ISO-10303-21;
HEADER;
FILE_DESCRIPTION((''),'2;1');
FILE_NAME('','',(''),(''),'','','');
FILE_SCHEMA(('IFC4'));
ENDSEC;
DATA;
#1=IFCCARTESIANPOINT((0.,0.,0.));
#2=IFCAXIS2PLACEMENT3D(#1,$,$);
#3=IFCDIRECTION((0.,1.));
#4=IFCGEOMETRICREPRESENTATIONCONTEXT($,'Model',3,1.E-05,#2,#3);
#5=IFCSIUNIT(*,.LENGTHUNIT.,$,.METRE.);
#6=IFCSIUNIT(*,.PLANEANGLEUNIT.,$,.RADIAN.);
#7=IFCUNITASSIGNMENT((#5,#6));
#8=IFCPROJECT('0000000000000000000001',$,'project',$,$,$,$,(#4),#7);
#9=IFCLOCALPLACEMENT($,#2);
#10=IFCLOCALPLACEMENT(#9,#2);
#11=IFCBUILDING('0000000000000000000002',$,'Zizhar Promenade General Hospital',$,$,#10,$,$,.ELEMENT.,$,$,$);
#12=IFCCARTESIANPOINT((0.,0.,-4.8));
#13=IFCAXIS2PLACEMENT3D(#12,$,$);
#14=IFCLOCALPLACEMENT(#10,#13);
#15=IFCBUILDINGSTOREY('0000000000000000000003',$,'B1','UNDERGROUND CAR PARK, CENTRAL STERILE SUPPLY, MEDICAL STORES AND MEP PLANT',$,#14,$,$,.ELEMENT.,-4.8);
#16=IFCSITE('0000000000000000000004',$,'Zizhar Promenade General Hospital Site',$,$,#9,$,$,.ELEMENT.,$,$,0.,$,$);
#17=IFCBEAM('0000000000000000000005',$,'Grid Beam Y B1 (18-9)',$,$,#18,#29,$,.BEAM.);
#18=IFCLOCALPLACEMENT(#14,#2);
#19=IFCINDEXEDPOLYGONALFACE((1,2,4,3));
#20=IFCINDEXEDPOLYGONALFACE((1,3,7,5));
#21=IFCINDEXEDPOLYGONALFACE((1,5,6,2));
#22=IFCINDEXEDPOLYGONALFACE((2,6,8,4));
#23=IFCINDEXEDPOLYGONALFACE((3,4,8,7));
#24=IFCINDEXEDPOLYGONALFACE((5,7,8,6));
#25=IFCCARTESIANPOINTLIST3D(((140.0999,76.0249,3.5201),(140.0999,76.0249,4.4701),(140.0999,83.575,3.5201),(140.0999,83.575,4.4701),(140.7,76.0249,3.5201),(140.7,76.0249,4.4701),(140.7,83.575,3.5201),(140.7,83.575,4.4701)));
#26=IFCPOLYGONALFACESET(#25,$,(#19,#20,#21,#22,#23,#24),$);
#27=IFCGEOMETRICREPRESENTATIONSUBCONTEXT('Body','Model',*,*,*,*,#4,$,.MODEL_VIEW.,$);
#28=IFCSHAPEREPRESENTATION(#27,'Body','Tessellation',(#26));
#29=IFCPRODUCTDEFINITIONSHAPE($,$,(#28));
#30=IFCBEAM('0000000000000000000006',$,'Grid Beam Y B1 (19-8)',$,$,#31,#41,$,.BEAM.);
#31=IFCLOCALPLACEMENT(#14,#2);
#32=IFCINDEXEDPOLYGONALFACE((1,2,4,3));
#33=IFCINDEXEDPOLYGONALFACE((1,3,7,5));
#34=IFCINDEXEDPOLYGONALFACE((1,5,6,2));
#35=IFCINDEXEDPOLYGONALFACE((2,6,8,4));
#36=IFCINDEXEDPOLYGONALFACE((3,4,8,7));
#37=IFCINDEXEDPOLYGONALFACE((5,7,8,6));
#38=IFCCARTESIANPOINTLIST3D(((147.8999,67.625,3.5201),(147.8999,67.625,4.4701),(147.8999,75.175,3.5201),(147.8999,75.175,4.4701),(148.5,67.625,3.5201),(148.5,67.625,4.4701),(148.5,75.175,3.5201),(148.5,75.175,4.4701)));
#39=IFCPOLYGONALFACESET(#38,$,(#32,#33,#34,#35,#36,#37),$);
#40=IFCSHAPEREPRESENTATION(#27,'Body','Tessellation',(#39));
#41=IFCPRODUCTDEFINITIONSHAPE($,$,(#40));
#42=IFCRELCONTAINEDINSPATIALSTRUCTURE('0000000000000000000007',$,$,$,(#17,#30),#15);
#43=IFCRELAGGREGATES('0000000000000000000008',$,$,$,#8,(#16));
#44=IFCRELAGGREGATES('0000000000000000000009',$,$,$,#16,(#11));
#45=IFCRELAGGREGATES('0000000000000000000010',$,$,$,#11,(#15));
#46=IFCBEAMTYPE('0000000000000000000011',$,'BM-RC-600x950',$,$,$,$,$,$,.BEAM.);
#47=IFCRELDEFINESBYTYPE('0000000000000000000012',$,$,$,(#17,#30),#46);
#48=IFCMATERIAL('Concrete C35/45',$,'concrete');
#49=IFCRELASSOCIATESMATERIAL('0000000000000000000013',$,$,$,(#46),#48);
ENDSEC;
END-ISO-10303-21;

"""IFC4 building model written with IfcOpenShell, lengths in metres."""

from ifc_helpers import new_model, si_unit, direction, frame, origin, origin_2d, place, context, subcontext, project, spatial, rectangle, extrude, material, material_profile, profile_set, type_object, element, save


model = new_model("IFC4")

# Units and contexts
model_context = context("Model", 3, precision=1e-05, world=origin(), true_north=direction((0.0, 1.0)))
body_context = subcontext(model_context, "Body", "Model", "MODEL_VIEW")
ifc_project = project(units=[si_unit("LENGTHUNIT", "METRE"), si_unit("PLANEANGLEUNIT", "RADIAN")], contexts=[model_context])

# Site, building, storey
site_placement = place(None, origin())
site = spatial("IfcSite", under=ifc_project, at=site_placement, Name="Zizhar Promenade General Hospital Site", CompositionType="ELEMENT", RefElevation=0.0)
building_placement = place(site_placement, origin())
building = spatial("IfcBuilding", under=site, at=building_placement, Name="Zizhar Promenade General Hospital", CompositionType="ELEMENT")
storey_placement = place(building_placement, frame((0.0, 0.0, -4.8)))
storey = spatial("IfcBuildingStorey", under=building, at=storey_placement, Name="B1", Description="UNDERGROUND CAR PARK, CENTRAL STERILE SUPPLY, MEDICAL STORES AND MEP PLANT", CompositionType="ELEMENT", Elevation=-4.8)

# Beams
ifc_material_1 = material(Name="Concrete C35/45", Category="concrete")
ifc_material_profile_1 = material_profile(ifc_material_1, rectangle(XDim=0.6001, YDim=0.95, at=origin_2d()))
ifc_profile_set_1 = profile_set([ifc_material_profile_1], Name="Concrete C35/45")
beam_type_1 = type_object("IfcBeamType", Name="BM-RC-600x950", PredefinedType="BEAM", material=ifc_profile_set_1)
for number, where, z_axis, x_axis, name in (
    (1, (140.3999, 76.0249, 3.9951), (0.0, 1.0, 0.0), (-1.0, 0.0, 0.0), "Grid Beam Y B1 (18-9)"),
    (2, (148.2, 67.625, 3.9951), (0.0, 1.0, 0.0), (-1.0, 0.0, 0.0), "Grid Beam Y B1 (19-8)"),
):
    element("IfcBeam", number, at=place(storey_placement, frame(where, z_axis=z_axis, x_axis=x_axis)), inside=storey, type_object=beam_type_1, Name=name, PredefinedType="BEAM", context=body_context, shape_type="SweptSolid", body=[
        extrude(rectangle(XDim=0.6001, YDim=0.95, at=origin_2d()), origin(), (0.0, 0.0, 1.0), 7.55),
    ])

save(model, "model.ifc")
